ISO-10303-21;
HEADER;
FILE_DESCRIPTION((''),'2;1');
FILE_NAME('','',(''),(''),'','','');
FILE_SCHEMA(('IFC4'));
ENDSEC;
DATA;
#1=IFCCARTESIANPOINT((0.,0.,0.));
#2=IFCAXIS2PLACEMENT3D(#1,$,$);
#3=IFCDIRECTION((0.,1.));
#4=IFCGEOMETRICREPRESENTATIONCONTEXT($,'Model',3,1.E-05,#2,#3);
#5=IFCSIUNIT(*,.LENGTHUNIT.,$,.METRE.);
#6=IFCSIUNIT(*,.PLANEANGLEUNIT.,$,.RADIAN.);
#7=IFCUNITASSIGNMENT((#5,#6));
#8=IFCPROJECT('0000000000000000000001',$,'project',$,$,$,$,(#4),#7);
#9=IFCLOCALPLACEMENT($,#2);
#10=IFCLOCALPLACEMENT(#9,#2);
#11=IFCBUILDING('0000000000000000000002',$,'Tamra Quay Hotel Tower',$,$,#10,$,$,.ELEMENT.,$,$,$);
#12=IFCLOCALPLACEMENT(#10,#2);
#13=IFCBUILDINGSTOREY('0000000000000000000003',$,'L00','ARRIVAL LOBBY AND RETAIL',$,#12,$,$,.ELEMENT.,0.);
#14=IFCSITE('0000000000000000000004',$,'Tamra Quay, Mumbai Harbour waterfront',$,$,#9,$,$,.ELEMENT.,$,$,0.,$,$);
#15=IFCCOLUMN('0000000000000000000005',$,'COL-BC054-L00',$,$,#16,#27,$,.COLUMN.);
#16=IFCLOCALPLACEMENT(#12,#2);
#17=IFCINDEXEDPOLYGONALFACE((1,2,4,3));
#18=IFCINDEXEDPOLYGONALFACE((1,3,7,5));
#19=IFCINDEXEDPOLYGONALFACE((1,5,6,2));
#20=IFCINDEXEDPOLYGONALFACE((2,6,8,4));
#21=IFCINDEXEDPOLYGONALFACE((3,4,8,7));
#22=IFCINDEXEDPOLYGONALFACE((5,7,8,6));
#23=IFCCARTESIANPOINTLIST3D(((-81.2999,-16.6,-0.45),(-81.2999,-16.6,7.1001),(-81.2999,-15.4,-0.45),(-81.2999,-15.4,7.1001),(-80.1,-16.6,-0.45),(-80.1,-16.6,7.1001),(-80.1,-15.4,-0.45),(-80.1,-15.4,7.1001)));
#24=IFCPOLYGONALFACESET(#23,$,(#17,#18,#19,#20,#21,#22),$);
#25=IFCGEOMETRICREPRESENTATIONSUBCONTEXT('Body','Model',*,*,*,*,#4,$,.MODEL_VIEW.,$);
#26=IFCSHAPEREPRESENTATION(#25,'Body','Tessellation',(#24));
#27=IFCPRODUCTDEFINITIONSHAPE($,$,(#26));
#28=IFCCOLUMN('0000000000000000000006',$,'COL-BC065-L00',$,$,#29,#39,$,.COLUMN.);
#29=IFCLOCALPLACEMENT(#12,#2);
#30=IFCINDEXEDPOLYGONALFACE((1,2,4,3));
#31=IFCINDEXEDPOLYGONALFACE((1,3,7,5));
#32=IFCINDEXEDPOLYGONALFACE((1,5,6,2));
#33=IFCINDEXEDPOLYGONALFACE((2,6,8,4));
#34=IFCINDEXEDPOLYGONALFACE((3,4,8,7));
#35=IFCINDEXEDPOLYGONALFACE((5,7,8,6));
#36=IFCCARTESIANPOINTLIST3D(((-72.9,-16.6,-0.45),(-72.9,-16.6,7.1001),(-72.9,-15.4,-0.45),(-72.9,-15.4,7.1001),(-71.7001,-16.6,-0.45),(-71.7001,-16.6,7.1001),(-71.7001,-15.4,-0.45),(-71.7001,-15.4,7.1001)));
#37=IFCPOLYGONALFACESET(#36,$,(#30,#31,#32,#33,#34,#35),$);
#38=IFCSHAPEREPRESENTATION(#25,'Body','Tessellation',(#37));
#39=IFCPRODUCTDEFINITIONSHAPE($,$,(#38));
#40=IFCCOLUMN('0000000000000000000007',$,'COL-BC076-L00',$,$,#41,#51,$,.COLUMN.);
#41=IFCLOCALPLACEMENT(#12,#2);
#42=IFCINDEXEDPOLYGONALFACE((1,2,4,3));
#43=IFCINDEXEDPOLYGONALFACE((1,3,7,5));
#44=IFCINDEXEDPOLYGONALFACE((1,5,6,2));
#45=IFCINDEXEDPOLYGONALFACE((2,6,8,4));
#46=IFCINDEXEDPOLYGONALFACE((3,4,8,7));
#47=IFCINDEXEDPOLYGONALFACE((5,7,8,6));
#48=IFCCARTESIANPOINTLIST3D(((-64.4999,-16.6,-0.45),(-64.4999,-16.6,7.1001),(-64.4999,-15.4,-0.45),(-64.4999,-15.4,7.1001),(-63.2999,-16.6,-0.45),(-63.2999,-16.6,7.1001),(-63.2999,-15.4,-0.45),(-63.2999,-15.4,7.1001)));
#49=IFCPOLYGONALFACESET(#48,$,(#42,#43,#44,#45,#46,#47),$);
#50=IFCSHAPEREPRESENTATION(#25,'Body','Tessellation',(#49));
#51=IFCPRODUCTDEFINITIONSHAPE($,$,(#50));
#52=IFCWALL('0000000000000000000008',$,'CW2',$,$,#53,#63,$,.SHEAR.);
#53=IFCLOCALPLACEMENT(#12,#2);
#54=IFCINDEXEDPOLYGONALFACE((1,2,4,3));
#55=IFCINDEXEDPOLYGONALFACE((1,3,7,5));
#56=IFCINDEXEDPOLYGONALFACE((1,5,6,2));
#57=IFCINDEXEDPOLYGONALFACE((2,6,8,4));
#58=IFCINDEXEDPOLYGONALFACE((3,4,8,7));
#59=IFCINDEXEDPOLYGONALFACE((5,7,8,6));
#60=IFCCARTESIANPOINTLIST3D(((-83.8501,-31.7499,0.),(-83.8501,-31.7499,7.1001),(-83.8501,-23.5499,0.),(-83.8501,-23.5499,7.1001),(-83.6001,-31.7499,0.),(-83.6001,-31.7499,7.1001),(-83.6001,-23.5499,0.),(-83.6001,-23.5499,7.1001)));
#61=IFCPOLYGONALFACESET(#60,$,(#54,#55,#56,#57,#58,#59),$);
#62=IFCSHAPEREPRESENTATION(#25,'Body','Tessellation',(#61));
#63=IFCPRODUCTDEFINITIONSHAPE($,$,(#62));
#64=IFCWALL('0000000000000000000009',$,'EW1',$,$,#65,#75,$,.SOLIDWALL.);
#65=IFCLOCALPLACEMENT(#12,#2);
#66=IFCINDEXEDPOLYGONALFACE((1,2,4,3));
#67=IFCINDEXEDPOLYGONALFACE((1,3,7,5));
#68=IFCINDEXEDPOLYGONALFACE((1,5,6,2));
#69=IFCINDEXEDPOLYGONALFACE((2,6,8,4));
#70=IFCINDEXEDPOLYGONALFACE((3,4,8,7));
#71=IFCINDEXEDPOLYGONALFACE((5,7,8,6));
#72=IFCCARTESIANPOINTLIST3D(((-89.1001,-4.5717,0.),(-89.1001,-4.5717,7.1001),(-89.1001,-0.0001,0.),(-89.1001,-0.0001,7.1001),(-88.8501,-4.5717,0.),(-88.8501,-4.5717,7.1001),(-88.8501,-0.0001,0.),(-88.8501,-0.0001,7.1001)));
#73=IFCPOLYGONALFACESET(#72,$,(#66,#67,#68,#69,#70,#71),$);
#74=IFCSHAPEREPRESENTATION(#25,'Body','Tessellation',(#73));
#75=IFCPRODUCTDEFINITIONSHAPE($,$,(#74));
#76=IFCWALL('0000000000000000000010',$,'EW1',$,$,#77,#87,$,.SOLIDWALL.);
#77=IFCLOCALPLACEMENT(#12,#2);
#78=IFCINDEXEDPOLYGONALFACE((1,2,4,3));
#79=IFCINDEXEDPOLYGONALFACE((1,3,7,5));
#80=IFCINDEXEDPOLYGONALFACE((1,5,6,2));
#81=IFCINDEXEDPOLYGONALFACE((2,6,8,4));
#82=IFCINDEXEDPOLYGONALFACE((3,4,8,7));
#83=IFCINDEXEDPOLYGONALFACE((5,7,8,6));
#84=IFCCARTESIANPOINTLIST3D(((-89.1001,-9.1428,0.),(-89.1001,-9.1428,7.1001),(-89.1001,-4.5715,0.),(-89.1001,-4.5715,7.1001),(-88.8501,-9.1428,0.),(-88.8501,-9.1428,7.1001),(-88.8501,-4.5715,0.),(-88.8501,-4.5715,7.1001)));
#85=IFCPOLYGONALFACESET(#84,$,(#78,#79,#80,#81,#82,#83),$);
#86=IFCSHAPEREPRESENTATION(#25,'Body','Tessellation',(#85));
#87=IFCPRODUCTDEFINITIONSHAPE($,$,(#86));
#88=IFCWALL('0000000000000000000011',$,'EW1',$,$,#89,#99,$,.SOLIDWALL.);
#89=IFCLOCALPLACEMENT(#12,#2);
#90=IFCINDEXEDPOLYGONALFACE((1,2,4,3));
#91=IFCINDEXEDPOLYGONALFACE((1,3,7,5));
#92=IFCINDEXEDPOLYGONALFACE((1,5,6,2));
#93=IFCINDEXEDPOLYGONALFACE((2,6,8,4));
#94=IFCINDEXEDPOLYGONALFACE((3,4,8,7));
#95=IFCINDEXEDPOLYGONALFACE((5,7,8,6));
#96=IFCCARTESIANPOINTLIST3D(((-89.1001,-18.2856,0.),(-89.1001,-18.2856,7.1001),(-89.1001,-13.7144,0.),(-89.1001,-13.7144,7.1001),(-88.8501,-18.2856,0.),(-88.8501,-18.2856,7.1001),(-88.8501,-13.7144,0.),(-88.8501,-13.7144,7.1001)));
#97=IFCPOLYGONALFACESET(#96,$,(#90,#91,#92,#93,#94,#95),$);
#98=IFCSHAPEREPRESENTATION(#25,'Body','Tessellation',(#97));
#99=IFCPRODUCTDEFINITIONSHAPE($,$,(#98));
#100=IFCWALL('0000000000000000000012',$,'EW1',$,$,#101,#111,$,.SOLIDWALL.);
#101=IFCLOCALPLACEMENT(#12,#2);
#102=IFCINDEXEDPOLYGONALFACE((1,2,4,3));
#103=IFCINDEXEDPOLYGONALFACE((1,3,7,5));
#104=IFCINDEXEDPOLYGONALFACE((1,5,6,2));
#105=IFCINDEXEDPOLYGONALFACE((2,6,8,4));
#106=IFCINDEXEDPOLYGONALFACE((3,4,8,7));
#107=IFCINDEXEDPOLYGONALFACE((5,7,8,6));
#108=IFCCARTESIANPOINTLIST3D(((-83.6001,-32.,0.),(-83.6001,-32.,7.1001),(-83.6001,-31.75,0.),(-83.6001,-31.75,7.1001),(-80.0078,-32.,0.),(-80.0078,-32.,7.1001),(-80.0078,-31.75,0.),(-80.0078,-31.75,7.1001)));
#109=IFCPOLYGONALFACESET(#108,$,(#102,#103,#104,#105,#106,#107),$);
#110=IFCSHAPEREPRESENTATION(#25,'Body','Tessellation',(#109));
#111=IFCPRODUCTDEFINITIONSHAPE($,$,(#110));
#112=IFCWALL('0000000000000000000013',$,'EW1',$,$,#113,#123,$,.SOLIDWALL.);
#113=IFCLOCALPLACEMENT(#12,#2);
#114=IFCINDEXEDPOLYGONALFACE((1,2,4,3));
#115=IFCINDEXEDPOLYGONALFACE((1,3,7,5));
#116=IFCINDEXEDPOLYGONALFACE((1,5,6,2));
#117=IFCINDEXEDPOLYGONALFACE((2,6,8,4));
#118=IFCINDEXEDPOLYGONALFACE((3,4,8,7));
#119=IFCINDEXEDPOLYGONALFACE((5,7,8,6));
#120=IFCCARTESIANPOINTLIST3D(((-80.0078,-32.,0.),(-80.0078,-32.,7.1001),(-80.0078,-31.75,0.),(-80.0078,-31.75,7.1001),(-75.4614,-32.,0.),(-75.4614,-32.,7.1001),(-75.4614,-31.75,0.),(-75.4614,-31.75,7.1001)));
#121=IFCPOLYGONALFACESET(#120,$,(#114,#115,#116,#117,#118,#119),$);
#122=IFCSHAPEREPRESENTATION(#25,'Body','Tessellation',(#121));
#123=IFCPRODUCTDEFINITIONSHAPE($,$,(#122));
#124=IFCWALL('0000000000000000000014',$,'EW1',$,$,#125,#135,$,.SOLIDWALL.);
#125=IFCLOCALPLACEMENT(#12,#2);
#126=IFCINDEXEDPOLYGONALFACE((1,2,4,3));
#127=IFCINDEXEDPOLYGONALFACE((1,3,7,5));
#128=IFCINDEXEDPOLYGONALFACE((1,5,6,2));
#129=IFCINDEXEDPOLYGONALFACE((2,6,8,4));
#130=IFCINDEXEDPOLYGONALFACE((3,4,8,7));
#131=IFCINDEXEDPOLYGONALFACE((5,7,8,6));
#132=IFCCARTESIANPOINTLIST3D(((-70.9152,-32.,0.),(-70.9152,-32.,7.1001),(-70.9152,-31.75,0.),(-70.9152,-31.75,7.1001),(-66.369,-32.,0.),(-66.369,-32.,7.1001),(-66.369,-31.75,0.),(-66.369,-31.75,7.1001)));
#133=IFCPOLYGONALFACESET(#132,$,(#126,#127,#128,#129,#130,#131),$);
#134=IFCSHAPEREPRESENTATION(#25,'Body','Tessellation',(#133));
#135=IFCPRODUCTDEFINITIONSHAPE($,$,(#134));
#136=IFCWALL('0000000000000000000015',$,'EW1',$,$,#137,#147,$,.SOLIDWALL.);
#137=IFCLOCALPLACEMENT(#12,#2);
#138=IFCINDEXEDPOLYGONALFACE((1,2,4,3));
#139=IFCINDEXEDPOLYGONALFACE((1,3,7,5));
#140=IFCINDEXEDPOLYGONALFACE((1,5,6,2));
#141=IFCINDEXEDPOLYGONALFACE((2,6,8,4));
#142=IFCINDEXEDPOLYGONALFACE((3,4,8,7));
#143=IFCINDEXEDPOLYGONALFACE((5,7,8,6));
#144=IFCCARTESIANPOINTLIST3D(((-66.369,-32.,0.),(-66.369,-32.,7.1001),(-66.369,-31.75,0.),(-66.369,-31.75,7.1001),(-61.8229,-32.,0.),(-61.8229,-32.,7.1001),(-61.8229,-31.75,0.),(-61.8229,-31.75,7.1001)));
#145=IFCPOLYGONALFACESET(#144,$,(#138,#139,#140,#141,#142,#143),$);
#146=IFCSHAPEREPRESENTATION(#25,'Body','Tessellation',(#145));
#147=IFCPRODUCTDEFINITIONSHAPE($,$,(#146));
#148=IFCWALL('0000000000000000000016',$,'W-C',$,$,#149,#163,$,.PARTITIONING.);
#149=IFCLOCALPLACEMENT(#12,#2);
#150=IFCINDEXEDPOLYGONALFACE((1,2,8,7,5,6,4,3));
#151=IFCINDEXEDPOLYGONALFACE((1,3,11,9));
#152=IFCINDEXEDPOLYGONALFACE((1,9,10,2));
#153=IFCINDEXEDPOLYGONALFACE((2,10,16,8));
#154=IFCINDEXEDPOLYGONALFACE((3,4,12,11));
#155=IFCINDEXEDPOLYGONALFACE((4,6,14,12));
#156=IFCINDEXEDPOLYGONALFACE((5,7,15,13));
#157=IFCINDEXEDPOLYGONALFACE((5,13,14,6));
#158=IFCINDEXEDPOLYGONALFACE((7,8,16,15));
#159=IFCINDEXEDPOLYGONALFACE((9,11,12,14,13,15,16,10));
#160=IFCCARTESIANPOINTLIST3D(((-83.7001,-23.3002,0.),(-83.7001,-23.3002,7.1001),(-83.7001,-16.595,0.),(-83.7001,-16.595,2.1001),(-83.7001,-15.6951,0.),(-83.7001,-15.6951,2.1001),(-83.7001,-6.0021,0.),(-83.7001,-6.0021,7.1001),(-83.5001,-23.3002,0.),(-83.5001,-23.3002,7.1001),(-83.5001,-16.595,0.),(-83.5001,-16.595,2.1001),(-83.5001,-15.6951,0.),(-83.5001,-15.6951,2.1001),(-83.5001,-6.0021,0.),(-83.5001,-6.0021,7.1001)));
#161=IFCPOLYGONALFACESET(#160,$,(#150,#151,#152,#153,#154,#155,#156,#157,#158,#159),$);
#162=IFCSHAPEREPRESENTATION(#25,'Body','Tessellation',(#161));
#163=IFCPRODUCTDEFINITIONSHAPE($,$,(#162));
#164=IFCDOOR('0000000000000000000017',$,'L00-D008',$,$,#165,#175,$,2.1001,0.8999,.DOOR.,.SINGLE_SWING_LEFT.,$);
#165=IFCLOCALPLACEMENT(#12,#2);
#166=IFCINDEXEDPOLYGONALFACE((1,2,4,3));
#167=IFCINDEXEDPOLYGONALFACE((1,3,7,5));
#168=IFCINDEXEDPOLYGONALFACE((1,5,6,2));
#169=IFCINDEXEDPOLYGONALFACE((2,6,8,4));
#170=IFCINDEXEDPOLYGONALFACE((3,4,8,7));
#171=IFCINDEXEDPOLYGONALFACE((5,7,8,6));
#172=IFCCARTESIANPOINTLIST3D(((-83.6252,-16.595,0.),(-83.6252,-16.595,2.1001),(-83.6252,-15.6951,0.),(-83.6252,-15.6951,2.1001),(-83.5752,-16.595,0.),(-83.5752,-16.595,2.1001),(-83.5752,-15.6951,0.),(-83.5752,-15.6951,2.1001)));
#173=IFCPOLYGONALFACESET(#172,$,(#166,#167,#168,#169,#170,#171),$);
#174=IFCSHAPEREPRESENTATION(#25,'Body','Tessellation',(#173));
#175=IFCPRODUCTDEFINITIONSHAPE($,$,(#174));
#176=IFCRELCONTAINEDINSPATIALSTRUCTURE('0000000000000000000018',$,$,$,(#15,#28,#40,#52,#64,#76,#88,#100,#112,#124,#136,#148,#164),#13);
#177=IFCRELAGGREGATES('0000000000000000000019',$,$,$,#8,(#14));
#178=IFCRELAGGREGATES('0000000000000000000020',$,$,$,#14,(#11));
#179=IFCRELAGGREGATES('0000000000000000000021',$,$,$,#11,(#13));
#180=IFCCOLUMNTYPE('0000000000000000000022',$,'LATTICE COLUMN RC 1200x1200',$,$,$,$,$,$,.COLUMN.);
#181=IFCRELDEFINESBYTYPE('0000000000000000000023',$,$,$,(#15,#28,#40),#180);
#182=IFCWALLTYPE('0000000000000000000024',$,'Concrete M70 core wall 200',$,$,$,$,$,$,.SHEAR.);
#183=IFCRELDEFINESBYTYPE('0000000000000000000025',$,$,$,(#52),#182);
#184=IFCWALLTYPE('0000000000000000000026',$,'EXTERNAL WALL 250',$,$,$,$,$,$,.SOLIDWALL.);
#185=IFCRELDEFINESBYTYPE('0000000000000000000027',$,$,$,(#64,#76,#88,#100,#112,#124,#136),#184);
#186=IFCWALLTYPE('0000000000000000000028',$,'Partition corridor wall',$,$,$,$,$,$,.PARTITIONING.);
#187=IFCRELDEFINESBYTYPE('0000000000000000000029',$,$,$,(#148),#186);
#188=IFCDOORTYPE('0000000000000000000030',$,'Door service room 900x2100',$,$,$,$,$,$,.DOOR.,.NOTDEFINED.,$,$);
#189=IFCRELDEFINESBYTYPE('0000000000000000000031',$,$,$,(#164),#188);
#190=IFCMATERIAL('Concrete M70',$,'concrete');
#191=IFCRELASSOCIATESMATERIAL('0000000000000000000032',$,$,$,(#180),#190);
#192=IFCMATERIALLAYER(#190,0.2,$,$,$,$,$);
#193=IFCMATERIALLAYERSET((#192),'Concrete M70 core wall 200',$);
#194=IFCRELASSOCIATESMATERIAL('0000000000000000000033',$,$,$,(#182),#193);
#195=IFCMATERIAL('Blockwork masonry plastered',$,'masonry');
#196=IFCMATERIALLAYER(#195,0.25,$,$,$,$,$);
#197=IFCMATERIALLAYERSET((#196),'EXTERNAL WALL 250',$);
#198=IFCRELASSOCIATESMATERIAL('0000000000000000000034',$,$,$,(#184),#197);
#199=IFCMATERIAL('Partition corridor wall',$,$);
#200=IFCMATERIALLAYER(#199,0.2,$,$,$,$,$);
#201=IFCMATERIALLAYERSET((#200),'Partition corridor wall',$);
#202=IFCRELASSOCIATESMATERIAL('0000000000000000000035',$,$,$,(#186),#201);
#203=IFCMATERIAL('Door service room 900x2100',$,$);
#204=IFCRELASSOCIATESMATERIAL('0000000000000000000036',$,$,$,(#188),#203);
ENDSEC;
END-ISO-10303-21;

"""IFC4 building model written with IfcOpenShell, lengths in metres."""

from ifc_helpers import new_model, si_unit, direction, frame, frame_2d, origin, origin_2d, place, context, subcontext, project, spatial, rectangle, extrude, material, layer, layer_set, material_profile, profile_set, type_object, element, fill, save


model = new_model("IFC4")

# Units and contexts
model_context = context("Model", 3, precision=1e-05, world=origin(), true_north=direction((0.0, 1.0)))
body_context = subcontext(model_context, "Body", "Model", "MODEL_VIEW")
ifc_project = project(units=[si_unit("LENGTHUNIT", "METRE"), si_unit("PLANEANGLEUNIT", "RADIAN")], contexts=[model_context])

# Site, building, storey
site_placement = place(None, origin())
site = spatial("IfcSite", under=ifc_project, at=site_placement, Name="Tamra Quay, Mumbai Harbour waterfront", CompositionType="ELEMENT", RefElevation=0.0)
building_placement = place(site_placement, origin())
building = spatial("IfcBuilding", under=site, at=building_placement, Name="Tamra Quay Hotel Tower", CompositionType="ELEMENT")
storey_placement = place(building_placement, origin())
storey = spatial("IfcBuildingStorey", under=building, at=storey_placement, Name="L00", Description="ARRIVAL LOBBY AND RETAIL", CompositionType="ELEMENT", Elevation=0.0)

# Columns
ifc_material_1 = material(Name="Concrete M70", Category="concrete")
ifc_material_profile = material_profile(ifc_material_1, rectangle(XDim=1.2, YDim=1.2, at=origin_2d()), Name="LATTICE COLUMN RC 1200x1200")
ifc_profile_set = profile_set([ifc_material_profile], Name="Concrete M70")
column_type = type_object("IfcColumnType", Name="LATTICE COLUMN RC 1200x1200", PredefinedType="COLUMN", material=ifc_profile_set)
for number, where, z_axis, x_axis, name in (
    (1, (-80.7, -16.0, -0.45), (0.0, 0.0, 1.0), (1.0, 0.0, 0.0), "COL-BC054-L00"),
    (2, (-72.3, -16.0, -0.45), (0.0, 0.0, 1.0), (1.0, 0.0, 0.0), "COL-BC065-L00"),
    (3, (-63.8999, -16.0, -0.45), (0.0, 0.0, 1.0), (1.0, 0.0, 0.0), "COL-BC076-L00"),
):
    element("IfcColumn", number, at=place(storey_placement, frame(where, z_axis=z_axis, x_axis=x_axis)), inside=storey, type_object=column_type, Name=name, PredefinedType="COLUMN", context=body_context, shape_type="SweptSolid", body=[
        extrude(rectangle(XDim=1.2, YDim=1.2, at=origin_2d()), origin(), (0.0, 0.0, 1.0), 7.55),
    ])

# Walls
ifc_layer_1 = layer(ifc_material_1, 0.2)
ifc_layer_set_1 = layer_set([ifc_layer_1], Name="Concrete M70 core wall 200")
wall_type_1 = type_object("IfcWallType", Name="Concrete M70 core wall 200", PredefinedType="SHEAR", material=ifc_layer_set_1)
wall_1_placement = place(storey_placement, frame((-83.7251, -31.75, 0.0), z_axis=(0.0, 0.0, 1.0), x_axis=(0.0, 1.0, 0.0)))
element("IfcWall", 4, at=wall_1_placement, inside=storey, type_object=wall_type_1, Name="CW2", PredefinedType="SHEAR", context=body_context, shape_type="SweptSolid", body=[
    extrude(rectangle(XDim=8.2, YDim=0.25, at=frame_2d((4.1001, 0.0))), origin(), (0.0, 0.0, 1.0), 7.1001),
])
ifc_material_2 = material(Name="Blockwork masonry plastered", Category="masonry")
ifc_layer_2 = layer(ifc_material_2, 0.25)
ifc_layer_set_2 = layer_set([ifc_layer_2], Name="EXTERNAL WALL 250")
wall_type_2 = type_object("IfcWallType", Name="EXTERNAL WALL 250", PredefinedType="SOLIDWALL", material=ifc_layer_set_2)
wall_2_placement = place(storey_placement, frame((-88.9751, -4.5715, 0.0), z_axis=(0.0, 0.0, 1.0), x_axis=(0.0, 1.0, 0.0)))
element("IfcWall", 5, at=wall_2_placement, inside=storey, type_object=wall_type_2, Name="EW1", PredefinedType="SOLIDWALL", context=body_context, shape_type="SweptSolid", body=[
    extrude(rectangle(XDim=4.5715, YDim=0.25, at=frame_2d((2.2856, 0.0))), origin(), (0.0, 0.0, 1.0), 7.1001),
])
wall_3_placement = place(storey_placement, frame((-88.9751, -9.1428, 0.0), z_axis=(0.0, 0.0, 1.0), x_axis=(0.0, 1.0, 0.0)))
element("IfcWall", 6, at=wall_3_placement, inside=storey, type_object=wall_type_2, Name="EW1", PredefinedType="SOLIDWALL", context=body_context, shape_type="SweptSolid", body=[
    extrude(rectangle(XDim=4.5713, YDim=0.25, at=frame_2d((2.2856, 0.0))), origin(), (0.0, 0.0, 1.0), 7.1001),
])

# Walls
wall_4_placement = place(storey_placement, frame((-88.9751, -18.2856, 0.0), z_axis=(0.0, 0.0, 1.0), x_axis=(0.0, 1.0, 0.0)))
element("IfcWall", 7, at=wall_4_placement, inside=storey, type_object=wall_type_2, Name="EW1", PredefinedType="SOLIDWALL", context=body_context, shape_type="SweptSolid", body=[
    extrude(rectangle(XDim=4.5713, YDim=0.25, at=frame_2d((2.2856, 0.0))), origin(), (0.0, 0.0, 1.0), 7.1001),
])
wall_5_placement = place(storey_placement, frame((-80.0078, -31.875, 0.0), z_axis=(0.0, 0.0, 1.0), x_axis=(-1.0, 0.0, 0.0)))
element("IfcWall", 8, at=wall_5_placement, inside=storey, type_object=wall_type_2, Name="EW1", PredefinedType="SOLIDWALL", context=body_context, shape_type="SweptSolid", body=[
    extrude(rectangle(XDim=3.5923, YDim=0.25, at=frame_2d((1.7961, 0.0))), origin(), (0.0, 0.0, 1.0), 7.1001),
])
wall_6_placement = place(storey_placement, frame((-75.4614, -31.875, 0.0), z_axis=(0.0, 0.0, 1.0), x_axis=(-1.0, 0.0, 0.0)))
element("IfcWall", 9, at=wall_6_placement, inside=storey, type_object=wall_type_2, Name="EW1", PredefinedType="SOLIDWALL", context=body_context, shape_type="SweptSolid", body=[
    extrude(rectangle(XDim=4.5464, YDim=0.25, at=frame_2d((2.2732, 0.0))), origin(), (0.0, 0.0, 1.0), 7.1001),
])
for number, where, z_axis, x_axis, name in (
    (10, (-66.3691, -31.875, 0.0), (0.0, 0.0, 1.0), (-1.0, 0.0, 0.0), "EW1"),
    (11, (-61.823, -31.875, 0.0), (0.0, 0.0, 1.0), (-1.0, 0.0, 0.0), "EW1"),
):
    element("IfcWall", number, at=place(storey_placement, frame(where, z_axis=z_axis, x_axis=x_axis)), inside=storey, type_object=wall_type_2, Name=name, PredefinedType="SOLIDWALL", context=body_context, shape_type="SweptSolid", body=[
        extrude(rectangle(XDim=4.5461, YDim=0.25, at=frame_2d((2.2729, 0.0))), origin(), (0.0, 0.0, 1.0), 7.1001),
    ])

# Wall, opening, door
ifc_material_3 = material(Name="Partition corridor wall")
ifc_layer_3 = layer(ifc_material_3, 0.2)
ifc_layer_set_3 = layer_set([ifc_layer_3], Name="Partition corridor wall")
wall_type_3 = type_object("IfcWallType", Name="Partition corridor wall", PredefinedType="PARTITIONING", material=ifc_layer_set_3)
wall_7_placement = place(storey_placement, frame((-83.6001, -23.3, 0.0), z_axis=(0.0, 0.0, 1.0), x_axis=(0.0, 1.0, 0.0)))
wall_7 = element("IfcWall", 12, at=wall_7_placement, inside=storey, type_object=wall_type_3, Name="W-C", PredefinedType="PARTITIONING", context=body_context, shape_type="SweptSolid", body=[
    extrude(rectangle(XDim=17.2981, YDim=0.2, at=frame_2d((8.6489, 0.0))), origin(), (0.0, 0.0, 1.0), 7.1001),
])
opening_1_placement = place(wall_7_placement, frame((6.7051, 0.0, 0.0)))
opening_1 = element("IfcOpeningElement", 13, at=opening_1_placement, cuts=wall_7, PredefinedType="OPENING", context=body_context, shape_type="SweptSolid", body=[
    extrude(rectangle(XDim=0.8999, YDim=2.1001, at=frame_2d((0.45, 1.05))), frame((0.0, 0.1099, 0.0), z_axis=(0.0, -1.0, 0.0), x_axis=(1.0, 0.0, 0.0)), (0.0, 0.0, 1.0), 0.22),
])
ifc_material_4 = material(Name="Door service room 900x2100")
door_type_1 = type_object("IfcDoorType", Name="Door service room 900x2100", OperationType="NOTDEFINED", PredefinedType="DOOR", material=ifc_material_4)
door_1_placement = place(opening_1_placement, frame((0.8999, 0.0, 0.0), z_axis=(0.0, 0.0, 1.0), x_axis=(-1.0, 0.0, 0.0)))
door_1 = element("IfcDoor", 14, at=door_1_placement, inside=storey, type_object=door_type_1, Name="L00-D008", OperationType="SINGLE_SWING_LEFT", OverallHeight=2.1001, OverallWidth=0.8999, PredefinedType="DOOR", context=body_context, shape_type="SweptSolid", body=[
    extrude(rectangle(XDim=0.8999, YDim=2.1001, at=frame_2d((0.45, 1.05))), frame((0.0, 0.0249, 0.0), z_axis=(0.0, -1.0, 0.0), x_axis=(1.0, 0.0, 0.0)), (0.0, 0.0, 1.0), 0.05),
])
fill(opening_1, door_1)

save(model, "model.ifc")
